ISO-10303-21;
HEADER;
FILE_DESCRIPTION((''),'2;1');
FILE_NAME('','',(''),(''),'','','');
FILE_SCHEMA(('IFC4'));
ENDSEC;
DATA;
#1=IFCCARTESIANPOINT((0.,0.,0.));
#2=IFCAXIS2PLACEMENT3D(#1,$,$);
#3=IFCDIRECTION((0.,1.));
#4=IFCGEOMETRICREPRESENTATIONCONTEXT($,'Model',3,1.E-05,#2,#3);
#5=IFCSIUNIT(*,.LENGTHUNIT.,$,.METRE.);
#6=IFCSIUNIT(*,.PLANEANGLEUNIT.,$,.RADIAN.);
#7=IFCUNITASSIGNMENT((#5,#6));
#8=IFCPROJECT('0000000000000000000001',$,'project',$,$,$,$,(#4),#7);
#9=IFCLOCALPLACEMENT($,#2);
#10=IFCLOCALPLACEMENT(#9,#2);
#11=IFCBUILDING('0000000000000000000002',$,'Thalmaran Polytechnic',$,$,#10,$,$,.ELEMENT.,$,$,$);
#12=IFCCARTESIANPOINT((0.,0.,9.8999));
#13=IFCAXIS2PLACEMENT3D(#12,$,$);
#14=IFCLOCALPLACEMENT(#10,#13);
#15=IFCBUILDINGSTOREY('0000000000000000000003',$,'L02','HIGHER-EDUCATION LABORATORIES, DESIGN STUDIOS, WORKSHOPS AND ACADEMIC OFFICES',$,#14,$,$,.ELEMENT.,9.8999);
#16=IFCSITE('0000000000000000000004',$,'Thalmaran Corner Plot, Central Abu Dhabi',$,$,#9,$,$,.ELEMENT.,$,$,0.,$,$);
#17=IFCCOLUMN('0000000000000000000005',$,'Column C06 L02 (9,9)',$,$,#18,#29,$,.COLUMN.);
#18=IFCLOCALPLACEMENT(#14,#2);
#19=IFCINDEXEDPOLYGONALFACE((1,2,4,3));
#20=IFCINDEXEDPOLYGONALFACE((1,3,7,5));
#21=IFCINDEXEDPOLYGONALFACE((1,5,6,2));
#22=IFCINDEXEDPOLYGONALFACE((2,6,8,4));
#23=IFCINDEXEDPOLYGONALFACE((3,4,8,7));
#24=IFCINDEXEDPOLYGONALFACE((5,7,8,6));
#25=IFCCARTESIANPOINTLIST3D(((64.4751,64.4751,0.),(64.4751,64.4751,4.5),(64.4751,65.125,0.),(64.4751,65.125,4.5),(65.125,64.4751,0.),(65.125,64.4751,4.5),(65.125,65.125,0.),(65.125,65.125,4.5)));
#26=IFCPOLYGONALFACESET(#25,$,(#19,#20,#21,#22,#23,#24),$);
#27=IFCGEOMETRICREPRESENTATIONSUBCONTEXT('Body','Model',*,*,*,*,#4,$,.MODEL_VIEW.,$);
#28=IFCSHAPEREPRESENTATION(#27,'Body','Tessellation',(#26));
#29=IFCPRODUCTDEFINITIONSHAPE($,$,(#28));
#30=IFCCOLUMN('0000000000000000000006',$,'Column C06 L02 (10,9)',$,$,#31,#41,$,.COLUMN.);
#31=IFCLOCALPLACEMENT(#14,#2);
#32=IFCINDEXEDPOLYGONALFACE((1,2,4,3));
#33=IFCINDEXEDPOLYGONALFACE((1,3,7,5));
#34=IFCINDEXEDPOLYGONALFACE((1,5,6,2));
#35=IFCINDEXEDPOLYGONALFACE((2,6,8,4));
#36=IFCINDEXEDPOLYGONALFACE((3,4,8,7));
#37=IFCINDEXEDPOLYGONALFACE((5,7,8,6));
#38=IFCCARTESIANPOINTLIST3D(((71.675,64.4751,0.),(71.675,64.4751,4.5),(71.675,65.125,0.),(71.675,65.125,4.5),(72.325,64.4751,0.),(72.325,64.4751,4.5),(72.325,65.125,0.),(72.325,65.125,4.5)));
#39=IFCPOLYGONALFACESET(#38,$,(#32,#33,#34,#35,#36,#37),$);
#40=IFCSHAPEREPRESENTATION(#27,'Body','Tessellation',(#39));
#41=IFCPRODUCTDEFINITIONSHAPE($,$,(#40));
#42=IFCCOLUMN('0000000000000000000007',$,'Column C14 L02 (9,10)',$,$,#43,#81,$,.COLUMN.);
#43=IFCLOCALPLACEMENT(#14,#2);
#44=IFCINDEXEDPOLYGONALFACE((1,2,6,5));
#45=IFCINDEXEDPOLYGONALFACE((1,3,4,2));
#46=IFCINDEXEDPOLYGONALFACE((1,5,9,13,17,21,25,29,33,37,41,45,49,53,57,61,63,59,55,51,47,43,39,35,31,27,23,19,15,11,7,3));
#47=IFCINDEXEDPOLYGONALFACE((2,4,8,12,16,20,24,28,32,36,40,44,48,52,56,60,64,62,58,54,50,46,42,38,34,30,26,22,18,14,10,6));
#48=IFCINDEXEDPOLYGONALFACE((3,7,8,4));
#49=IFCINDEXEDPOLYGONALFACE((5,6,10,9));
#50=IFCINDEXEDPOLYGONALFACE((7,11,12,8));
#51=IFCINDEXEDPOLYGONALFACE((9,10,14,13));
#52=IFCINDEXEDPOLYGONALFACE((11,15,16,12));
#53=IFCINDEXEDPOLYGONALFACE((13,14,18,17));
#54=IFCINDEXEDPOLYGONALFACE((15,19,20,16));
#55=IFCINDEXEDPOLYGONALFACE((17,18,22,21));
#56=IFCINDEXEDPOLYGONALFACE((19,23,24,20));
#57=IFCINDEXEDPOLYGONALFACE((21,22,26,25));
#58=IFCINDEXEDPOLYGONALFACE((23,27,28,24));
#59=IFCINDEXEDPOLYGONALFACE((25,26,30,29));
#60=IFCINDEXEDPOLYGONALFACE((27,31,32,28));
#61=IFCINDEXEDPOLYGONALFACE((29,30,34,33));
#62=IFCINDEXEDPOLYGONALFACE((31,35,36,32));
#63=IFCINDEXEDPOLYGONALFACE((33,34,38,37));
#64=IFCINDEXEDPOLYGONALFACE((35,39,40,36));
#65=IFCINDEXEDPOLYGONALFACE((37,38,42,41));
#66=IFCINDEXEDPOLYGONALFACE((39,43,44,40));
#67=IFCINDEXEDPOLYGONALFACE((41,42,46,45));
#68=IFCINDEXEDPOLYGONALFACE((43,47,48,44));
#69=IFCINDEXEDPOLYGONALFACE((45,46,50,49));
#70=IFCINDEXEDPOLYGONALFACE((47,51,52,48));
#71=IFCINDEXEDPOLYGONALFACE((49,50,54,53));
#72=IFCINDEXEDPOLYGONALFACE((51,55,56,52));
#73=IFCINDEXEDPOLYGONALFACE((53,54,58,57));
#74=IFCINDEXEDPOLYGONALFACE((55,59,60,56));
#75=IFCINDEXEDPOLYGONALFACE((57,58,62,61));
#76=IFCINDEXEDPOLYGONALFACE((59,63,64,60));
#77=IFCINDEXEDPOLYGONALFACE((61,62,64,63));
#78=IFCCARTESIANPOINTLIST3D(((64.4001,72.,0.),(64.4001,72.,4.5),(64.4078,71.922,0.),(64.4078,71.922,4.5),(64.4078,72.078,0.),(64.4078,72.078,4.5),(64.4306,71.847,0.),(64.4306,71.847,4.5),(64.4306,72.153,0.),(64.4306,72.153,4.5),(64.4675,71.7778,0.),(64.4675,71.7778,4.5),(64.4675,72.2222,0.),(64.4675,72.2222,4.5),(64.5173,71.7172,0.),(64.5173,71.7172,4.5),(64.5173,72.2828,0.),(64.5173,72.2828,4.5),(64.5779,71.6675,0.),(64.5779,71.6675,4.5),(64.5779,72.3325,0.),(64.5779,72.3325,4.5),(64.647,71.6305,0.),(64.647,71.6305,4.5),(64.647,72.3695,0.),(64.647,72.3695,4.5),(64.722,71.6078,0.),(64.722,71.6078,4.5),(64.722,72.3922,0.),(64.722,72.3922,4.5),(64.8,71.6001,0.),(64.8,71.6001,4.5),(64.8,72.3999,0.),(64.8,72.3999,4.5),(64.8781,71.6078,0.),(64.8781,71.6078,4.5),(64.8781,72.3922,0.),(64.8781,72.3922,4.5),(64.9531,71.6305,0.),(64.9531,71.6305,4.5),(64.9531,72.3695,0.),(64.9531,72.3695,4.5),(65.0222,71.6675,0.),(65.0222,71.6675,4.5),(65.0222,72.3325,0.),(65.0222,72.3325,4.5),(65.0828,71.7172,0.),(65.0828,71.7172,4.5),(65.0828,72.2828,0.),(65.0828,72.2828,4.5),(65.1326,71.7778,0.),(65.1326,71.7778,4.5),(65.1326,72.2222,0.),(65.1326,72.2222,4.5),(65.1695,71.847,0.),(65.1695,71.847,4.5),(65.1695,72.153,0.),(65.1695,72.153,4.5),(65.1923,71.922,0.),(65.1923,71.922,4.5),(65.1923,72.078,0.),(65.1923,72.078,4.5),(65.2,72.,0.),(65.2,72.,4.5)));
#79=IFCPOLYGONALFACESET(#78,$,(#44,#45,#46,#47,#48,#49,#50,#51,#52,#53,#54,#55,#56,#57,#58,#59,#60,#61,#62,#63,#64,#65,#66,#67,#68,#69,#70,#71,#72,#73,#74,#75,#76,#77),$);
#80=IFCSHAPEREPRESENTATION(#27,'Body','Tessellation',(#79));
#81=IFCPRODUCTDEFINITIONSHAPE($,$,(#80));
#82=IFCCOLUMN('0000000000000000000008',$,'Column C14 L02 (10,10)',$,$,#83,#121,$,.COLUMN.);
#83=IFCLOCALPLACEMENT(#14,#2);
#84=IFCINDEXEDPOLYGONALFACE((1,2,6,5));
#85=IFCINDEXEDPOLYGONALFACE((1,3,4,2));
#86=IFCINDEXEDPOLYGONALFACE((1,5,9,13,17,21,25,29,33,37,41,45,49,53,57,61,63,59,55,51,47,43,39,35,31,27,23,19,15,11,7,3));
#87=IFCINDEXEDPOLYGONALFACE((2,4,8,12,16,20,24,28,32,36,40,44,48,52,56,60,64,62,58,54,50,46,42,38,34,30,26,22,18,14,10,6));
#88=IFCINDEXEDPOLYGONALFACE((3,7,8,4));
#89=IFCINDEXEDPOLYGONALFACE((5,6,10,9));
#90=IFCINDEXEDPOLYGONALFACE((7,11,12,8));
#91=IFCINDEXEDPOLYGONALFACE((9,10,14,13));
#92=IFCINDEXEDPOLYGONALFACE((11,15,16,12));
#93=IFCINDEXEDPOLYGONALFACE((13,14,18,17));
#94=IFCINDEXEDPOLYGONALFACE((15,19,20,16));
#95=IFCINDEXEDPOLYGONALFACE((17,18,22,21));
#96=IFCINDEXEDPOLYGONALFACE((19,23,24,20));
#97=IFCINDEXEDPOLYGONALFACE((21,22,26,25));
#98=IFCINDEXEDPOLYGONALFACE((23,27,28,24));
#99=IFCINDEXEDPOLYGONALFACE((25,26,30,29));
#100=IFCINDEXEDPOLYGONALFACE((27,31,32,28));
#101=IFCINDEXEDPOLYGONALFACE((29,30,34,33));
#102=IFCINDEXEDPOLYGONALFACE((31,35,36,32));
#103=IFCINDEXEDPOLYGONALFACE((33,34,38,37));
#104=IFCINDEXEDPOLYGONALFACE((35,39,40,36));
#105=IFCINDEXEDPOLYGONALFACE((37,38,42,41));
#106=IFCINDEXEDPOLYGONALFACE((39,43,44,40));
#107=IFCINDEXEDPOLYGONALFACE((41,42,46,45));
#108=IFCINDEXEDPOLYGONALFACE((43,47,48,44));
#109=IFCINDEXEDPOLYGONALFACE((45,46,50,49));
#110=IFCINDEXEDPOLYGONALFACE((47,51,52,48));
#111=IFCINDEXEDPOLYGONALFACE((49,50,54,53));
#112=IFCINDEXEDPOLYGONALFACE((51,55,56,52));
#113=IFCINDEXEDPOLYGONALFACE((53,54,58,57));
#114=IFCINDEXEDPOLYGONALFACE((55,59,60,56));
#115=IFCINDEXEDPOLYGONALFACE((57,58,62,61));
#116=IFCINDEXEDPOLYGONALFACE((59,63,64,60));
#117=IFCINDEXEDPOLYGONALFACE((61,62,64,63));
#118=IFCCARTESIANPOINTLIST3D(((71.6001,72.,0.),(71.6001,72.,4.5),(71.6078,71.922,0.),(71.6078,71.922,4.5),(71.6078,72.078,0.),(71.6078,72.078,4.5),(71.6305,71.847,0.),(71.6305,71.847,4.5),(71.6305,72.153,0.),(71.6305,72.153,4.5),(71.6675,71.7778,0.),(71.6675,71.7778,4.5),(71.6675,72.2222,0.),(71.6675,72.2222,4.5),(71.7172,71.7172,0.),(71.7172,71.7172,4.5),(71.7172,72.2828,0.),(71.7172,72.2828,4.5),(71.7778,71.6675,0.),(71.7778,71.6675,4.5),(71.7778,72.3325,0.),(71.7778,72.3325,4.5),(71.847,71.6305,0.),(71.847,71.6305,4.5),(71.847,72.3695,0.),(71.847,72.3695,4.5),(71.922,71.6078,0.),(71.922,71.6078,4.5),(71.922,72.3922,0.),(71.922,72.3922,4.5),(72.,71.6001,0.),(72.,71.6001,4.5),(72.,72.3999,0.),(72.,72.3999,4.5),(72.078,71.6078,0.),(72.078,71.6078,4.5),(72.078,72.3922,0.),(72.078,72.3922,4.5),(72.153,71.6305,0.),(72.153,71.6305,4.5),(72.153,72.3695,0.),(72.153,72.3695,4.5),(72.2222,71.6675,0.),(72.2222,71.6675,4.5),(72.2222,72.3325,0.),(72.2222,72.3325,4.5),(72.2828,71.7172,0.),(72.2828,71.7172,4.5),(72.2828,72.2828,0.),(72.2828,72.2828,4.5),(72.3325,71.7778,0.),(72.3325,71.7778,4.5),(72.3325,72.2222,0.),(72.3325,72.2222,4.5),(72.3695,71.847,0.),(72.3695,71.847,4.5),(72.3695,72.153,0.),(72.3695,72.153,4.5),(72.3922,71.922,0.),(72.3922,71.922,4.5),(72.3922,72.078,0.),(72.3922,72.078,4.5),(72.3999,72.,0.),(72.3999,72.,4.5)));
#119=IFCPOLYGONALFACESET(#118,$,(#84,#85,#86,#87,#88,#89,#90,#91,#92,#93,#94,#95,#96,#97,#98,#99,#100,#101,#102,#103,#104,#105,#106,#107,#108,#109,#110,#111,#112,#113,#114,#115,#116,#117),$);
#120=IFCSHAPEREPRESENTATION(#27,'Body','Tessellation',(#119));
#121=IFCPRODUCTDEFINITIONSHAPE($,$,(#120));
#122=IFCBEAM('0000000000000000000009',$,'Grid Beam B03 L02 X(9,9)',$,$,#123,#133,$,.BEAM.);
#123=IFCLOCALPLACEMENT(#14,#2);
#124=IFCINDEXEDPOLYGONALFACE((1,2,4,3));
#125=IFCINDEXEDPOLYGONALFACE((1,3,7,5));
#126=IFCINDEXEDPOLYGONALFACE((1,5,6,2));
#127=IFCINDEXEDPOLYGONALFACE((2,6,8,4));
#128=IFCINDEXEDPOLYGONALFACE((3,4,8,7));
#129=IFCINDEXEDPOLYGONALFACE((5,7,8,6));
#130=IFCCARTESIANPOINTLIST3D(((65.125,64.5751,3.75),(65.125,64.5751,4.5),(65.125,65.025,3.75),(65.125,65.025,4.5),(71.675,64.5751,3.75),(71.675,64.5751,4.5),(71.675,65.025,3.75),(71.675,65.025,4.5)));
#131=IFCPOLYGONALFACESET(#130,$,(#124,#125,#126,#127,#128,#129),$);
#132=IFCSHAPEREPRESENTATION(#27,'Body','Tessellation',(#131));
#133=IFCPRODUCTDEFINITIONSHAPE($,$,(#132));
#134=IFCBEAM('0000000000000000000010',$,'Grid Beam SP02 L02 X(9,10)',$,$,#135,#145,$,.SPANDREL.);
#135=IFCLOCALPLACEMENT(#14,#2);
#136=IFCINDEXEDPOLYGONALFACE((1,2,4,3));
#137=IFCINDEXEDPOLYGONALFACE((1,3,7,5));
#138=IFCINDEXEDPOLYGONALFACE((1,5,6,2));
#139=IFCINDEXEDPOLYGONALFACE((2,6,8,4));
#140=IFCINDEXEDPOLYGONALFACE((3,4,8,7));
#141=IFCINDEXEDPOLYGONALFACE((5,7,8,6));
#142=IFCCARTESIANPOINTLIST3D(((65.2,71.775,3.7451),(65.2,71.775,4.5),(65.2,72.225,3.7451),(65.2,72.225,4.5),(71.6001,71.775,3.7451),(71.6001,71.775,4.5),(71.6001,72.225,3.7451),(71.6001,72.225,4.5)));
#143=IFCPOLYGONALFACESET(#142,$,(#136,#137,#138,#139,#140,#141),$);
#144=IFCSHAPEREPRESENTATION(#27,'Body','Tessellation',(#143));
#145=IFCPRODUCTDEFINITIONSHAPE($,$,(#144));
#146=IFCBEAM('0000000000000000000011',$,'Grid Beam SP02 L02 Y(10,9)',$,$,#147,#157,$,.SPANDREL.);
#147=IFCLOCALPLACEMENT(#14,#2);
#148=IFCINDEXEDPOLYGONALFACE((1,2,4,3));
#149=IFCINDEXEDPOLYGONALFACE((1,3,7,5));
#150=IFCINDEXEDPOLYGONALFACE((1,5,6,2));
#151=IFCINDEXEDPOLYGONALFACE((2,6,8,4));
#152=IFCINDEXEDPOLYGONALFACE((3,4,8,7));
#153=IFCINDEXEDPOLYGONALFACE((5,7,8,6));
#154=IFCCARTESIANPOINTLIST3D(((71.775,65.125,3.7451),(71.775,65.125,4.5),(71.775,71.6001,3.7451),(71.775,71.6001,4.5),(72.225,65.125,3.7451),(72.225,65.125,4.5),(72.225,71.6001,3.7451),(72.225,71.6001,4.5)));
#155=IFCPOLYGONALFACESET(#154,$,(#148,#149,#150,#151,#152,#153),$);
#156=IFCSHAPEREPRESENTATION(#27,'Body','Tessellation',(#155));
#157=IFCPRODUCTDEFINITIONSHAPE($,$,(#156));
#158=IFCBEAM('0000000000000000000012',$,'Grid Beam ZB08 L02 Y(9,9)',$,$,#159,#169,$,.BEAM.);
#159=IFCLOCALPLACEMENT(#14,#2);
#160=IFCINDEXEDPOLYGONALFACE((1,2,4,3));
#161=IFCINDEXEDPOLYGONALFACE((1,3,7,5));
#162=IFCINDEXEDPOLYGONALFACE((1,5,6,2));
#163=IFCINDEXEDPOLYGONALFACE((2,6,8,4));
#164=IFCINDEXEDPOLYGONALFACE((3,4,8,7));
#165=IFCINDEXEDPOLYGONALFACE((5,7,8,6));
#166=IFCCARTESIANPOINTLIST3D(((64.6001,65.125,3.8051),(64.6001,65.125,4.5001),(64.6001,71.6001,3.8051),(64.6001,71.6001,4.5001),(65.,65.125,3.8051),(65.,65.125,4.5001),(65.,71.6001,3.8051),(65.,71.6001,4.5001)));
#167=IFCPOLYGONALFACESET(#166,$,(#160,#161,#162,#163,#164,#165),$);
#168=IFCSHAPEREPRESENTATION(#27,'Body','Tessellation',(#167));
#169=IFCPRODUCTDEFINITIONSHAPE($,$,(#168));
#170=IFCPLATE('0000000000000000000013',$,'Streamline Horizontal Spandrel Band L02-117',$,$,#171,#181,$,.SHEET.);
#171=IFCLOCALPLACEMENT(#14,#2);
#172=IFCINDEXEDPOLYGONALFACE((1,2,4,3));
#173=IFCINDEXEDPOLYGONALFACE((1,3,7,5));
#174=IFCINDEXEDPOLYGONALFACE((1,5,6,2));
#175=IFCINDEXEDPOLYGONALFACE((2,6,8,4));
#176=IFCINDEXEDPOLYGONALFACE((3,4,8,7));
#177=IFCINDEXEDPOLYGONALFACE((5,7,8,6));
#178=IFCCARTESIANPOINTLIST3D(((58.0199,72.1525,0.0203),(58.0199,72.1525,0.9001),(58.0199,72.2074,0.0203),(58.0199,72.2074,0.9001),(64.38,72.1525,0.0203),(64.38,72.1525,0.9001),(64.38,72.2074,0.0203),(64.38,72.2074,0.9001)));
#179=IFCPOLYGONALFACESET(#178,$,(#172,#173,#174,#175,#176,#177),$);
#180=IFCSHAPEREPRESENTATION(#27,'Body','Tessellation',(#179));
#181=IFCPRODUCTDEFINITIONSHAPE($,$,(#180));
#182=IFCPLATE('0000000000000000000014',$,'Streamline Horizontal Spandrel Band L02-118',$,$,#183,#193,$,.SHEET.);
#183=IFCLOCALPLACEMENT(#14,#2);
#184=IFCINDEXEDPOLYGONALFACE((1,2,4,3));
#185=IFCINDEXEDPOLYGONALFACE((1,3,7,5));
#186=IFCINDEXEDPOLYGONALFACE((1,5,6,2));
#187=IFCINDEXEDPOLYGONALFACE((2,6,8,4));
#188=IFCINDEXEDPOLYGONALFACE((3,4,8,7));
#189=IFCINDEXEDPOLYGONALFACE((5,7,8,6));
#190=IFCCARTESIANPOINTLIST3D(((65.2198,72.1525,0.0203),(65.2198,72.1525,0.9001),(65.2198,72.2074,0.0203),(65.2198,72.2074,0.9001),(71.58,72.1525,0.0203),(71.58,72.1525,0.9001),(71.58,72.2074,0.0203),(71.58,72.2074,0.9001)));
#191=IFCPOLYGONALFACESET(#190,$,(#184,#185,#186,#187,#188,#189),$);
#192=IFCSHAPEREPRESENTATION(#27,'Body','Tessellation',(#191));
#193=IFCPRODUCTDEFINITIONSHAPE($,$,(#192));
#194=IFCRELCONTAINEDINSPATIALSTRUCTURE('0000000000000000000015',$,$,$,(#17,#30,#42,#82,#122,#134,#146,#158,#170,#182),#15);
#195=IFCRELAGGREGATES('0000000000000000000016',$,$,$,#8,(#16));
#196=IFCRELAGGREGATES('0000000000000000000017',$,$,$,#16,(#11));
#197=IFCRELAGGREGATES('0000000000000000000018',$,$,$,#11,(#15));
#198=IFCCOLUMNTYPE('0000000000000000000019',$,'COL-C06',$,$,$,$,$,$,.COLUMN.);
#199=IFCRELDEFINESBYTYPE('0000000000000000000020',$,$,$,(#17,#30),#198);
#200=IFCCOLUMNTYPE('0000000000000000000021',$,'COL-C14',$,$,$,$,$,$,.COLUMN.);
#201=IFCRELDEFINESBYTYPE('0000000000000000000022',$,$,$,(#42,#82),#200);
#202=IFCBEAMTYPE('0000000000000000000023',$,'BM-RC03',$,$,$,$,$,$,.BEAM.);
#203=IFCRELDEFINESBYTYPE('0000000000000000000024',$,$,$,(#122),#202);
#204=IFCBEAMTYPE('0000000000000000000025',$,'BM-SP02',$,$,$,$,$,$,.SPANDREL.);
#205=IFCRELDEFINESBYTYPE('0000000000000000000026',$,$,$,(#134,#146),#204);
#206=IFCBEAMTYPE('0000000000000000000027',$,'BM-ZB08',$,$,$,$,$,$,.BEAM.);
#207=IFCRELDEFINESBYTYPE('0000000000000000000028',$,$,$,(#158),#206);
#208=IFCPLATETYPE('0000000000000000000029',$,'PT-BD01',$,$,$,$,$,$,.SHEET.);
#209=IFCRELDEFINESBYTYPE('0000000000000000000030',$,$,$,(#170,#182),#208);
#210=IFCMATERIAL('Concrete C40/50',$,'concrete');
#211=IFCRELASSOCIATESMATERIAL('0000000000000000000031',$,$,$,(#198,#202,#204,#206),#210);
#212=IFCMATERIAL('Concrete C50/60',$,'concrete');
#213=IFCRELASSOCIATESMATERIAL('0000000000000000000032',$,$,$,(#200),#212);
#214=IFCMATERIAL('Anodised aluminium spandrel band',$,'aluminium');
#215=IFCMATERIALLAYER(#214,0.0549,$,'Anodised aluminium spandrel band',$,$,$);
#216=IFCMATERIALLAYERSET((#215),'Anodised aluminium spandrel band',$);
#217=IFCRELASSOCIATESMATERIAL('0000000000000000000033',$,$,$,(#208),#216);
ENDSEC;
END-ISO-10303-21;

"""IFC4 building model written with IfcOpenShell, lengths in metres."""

from ifc_helpers import new_model, si_unit, direction, frame, origin, origin_2d, place, context, subcontext, project, spatial, rectangle, circle, extrude, material, layer, layer_set, material_profile, profile_set, type_object, element, save


model = new_model("IFC4")

# Units and contexts
model_context = context("Model", 3, precision=1e-05, world=origin(), true_north=direction((0.0, 1.0)))
body_context = subcontext(model_context, "Body", "Model", "MODEL_VIEW")
ifc_project = project(units=[si_unit("LENGTHUNIT", "METRE"), si_unit("PLANEANGLEUNIT", "RADIAN")], contexts=[model_context])

# Site, building, storey
site_placement = place(None, origin())
site = spatial("IfcSite", under=ifc_project, at=site_placement, Name="Thalmaran Corner Plot, Central Abu Dhabi", CompositionType="ELEMENT", RefElevation=0.0)
building_placement = place(site_placement, origin())
building = spatial("IfcBuilding", under=site, at=building_placement, Name="Thalmaran Polytechnic", CompositionType="ELEMENT")
storey_placement = place(building_placement, frame((0.0, 0.0, 9.8999)))
storey = spatial("IfcBuildingStorey", under=building, at=storey_placement, Name="L02", Description="HIGHER-EDUCATION LABORATORIES, DESIGN STUDIOS, WORKSHOPS AND ACADEMIC OFFICES", CompositionType="ELEMENT", Elevation=9.8999)

# Columns
ifc_material_1 = material(Name="Concrete C40/50", Category="concrete")
ifc_material_profile_1 = material_profile(ifc_material_1, rectangle(XDim=0.6499, YDim=0.6499, at=origin_2d()), Name="RC 650x650")
ifc_profile_set_1 = profile_set([ifc_material_profile_1], Name="Concrete C40/50")
column_type_1 = type_object("IfcColumnType", Name="COL-C06", PredefinedType="COLUMN", material=ifc_profile_set_1)
for number, where, z_axis, x_axis, name in (
    (1, (64.8, 64.8, 0.0), (0.0, 0.0, 1.0), (1.0, 0.0, 0.0), "Column C06 L02 (9,9)"),
    (2, (72.0, 64.8, 0.0), (0.0, 0.0, 1.0), (1.0, 0.0, 0.0), "Column C06 L02 (10,9)"),
):
    element("IfcColumn", number, at=place(storey_placement, frame(where, z_axis=z_axis, x_axis=x_axis)), inside=storey, type_object=column_type_1, Name=name, PredefinedType="COLUMN", context=body_context, shape_type="SweptSolid", body=[
        extrude(rectangle(XDim=0.6499, YDim=0.6499, at=origin_2d()), origin(), (0.0, 0.0, 1.0), 4.5),
    ])
ifc_material_2 = material(Name="Concrete C50/60", Category="concrete")
ifc_material_profile_2 = material_profile(ifc_material_2, circle(Radius=0.3999, at=origin_2d()), Name="RC 800 DIA")
ifc_profile_set_2 = profile_set([ifc_material_profile_2], Name="Concrete C50/60")
column_type_2 = type_object("IfcColumnType", Name="COL-C14", PredefinedType="COLUMN", material=ifc_profile_set_2)
for number, where, z_axis, x_axis, name in (
    (3, (64.8, 72.0, 0.0), (0.0, 0.0, 1.0), (1.0, 0.0, 0.0), "Column C14 L02 (9,10)"),
    (4, (72.0, 72.0, 0.0), (0.0, 0.0, 1.0), (1.0, 0.0, 0.0), "Column C14 L02 (10,10)"),
):
    element("IfcColumn", number, at=place(storey_placement, frame(where, z_axis=z_axis, x_axis=x_axis)), inside=storey, type_object=column_type_2, Name=name, PredefinedType="COLUMN", context=body_context, shape_type="SweptSolid", body=[
        extrude(circle(Radius=0.3999, at=origin_2d()), origin(), (0.0, 0.0, 1.0), 4.5),
    ])

# Beams
ifc_material_profile_3 = material_profile(ifc_material_1, rectangle(XDim=0.45, YDim=0.75, at=origin_2d()), Name="RC 450x750")
ifc_profile_set_3 = profile_set([ifc_material_profile_3], Name="Concrete C40/50")
beam_type_1 = type_object("IfcBeamType", Name="BM-RC03", PredefinedType="BEAM", material=ifc_profile_set_3)
beam_1_placement = place(storey_placement, frame((65.125, 64.8, 4.125), z_axis=(1.0, 0.0, 0.0), x_axis=(0.0, 1.0, 0.0)))
element("IfcBeam", 5, at=beam_1_placement, inside=storey, type_object=beam_type_1, Name="Grid Beam B03 L02 X(9,9)", PredefinedType="BEAM", context=body_context, shape_type="SweptSolid", body=[
    extrude(rectangle(XDim=0.45, YDim=0.75, at=origin_2d()), origin(), (0.0, 0.0, 1.0), 6.55),
])
ifc_material_profile_4 = material_profile(ifc_material_1, rectangle(XDim=0.45, YDim=0.7549, at=origin_2d()), Name="RC 450x755")
ifc_profile_set_4 = profile_set([ifc_material_profile_4], Name="Concrete C40/50")
beam_type_2 = type_object("IfcBeamType", Name="BM-SP02", PredefinedType="SPANDREL", material=ifc_profile_set_4)
beam_2_placement = place(storey_placement, frame((65.2, 72.0, 4.1226), z_axis=(1.0, 0.0, 0.0), x_axis=(0.0, 1.0, 0.0)))
element("IfcBeam", 6, at=beam_2_placement, inside=storey, type_object=beam_type_2, Name="Grid Beam SP02 L02 X(9,10)", PredefinedType="SPANDREL", context=body_context, shape_type="SweptSolid", body=[
    extrude(rectangle(XDim=0.45, YDim=0.7549, at=origin_2d()), origin(), (0.0, 0.0, 1.0), 6.4001),
])
beam_3_placement = place(storey_placement, frame((72.0, 65.125, 4.1226), z_axis=(0.0, 1.0, 0.0), x_axis=(-1.0, 0.0, 0.0)))
element("IfcBeam", 7, at=beam_3_placement, inside=storey, type_object=beam_type_2, Name="Grid Beam SP02 L02 Y(10,9)", PredefinedType="SPANDREL", context=body_context, shape_type="SweptSolid", body=[
    extrude(rectangle(XDim=0.45, YDim=0.7549, at=origin_2d()), origin(), (0.0, 0.0, 1.0), 6.4751),
])
ifc_material_profile_5 = material_profile(ifc_material_1, rectangle(XDim=0.3999, YDim=0.6951, at=origin_2d()), Name="RC 400x695")
ifc_profile_set_5 = profile_set([ifc_material_profile_5], Name="Concrete C40/50")
beam_type_3 = type_object("IfcBeamType", Name="BM-ZB08", PredefinedType="BEAM", material=ifc_profile_set_5)
beam_4_placement = place(storey_placement, frame((64.8, 65.125, 4.1526), z_axis=(0.0, 1.0, 0.0), x_axis=(-1.0, 0.0, 0.0)))
element("IfcBeam", 8, at=beam_4_placement, inside=storey, type_object=beam_type_3, Name="Grid Beam ZB08 L02 Y(9,9)", PredefinedType="BEAM", context=body_context, shape_type="SweptSolid", body=[
    extrude(rectangle(XDim=0.3999, YDim=0.6951, at=origin_2d()), origin(), (0.0, 0.0, 1.0), 6.4751),
])

# Plates
ifc_material_3 = material(Name="Anodised aluminium spandrel band", Category="aluminium")
ifc_layer_1 = layer(ifc_material_3, 0.0549, Name="Anodised aluminium spandrel band")
ifc_layer_set_1 = layer_set([ifc_layer_1], Name="Anodised aluminium spandrel band")
plate_type_1 = type_object("IfcPlateType", Name="PT-BD01", PredefinedType="SHEET", material=ifc_layer_set_1)
for number, where, z_axis, x_axis, name in (
    (9, (61.2, 72.1799, 0.0203), (0.0, 0.0, 1.0), (1.0, 0.0, 0.0), "Streamline Horizontal Spandrel Band L02-117"),
    (10, (68.3999, 72.1799, 0.0203), (0.0, 0.0, 1.0), (1.0, 0.0, 0.0), "Streamline Horizontal Spandrel Band L02-118"),
):
    element("IfcPlate", number, at=place(storey_placement, frame(where, z_axis=z_axis, x_axis=x_axis)), inside=storey, type_object=plate_type_1, Name=name, PredefinedType="SHEET", context=body_context, shape_type="SweptSolid", body=[
        extrude(rectangle(XDim=6.3601, YDim=0.0549, at=origin_2d()), origin(), (0.0, 0.0, 1.0), 0.8799),
    ])

save(model, "model.ifc")
